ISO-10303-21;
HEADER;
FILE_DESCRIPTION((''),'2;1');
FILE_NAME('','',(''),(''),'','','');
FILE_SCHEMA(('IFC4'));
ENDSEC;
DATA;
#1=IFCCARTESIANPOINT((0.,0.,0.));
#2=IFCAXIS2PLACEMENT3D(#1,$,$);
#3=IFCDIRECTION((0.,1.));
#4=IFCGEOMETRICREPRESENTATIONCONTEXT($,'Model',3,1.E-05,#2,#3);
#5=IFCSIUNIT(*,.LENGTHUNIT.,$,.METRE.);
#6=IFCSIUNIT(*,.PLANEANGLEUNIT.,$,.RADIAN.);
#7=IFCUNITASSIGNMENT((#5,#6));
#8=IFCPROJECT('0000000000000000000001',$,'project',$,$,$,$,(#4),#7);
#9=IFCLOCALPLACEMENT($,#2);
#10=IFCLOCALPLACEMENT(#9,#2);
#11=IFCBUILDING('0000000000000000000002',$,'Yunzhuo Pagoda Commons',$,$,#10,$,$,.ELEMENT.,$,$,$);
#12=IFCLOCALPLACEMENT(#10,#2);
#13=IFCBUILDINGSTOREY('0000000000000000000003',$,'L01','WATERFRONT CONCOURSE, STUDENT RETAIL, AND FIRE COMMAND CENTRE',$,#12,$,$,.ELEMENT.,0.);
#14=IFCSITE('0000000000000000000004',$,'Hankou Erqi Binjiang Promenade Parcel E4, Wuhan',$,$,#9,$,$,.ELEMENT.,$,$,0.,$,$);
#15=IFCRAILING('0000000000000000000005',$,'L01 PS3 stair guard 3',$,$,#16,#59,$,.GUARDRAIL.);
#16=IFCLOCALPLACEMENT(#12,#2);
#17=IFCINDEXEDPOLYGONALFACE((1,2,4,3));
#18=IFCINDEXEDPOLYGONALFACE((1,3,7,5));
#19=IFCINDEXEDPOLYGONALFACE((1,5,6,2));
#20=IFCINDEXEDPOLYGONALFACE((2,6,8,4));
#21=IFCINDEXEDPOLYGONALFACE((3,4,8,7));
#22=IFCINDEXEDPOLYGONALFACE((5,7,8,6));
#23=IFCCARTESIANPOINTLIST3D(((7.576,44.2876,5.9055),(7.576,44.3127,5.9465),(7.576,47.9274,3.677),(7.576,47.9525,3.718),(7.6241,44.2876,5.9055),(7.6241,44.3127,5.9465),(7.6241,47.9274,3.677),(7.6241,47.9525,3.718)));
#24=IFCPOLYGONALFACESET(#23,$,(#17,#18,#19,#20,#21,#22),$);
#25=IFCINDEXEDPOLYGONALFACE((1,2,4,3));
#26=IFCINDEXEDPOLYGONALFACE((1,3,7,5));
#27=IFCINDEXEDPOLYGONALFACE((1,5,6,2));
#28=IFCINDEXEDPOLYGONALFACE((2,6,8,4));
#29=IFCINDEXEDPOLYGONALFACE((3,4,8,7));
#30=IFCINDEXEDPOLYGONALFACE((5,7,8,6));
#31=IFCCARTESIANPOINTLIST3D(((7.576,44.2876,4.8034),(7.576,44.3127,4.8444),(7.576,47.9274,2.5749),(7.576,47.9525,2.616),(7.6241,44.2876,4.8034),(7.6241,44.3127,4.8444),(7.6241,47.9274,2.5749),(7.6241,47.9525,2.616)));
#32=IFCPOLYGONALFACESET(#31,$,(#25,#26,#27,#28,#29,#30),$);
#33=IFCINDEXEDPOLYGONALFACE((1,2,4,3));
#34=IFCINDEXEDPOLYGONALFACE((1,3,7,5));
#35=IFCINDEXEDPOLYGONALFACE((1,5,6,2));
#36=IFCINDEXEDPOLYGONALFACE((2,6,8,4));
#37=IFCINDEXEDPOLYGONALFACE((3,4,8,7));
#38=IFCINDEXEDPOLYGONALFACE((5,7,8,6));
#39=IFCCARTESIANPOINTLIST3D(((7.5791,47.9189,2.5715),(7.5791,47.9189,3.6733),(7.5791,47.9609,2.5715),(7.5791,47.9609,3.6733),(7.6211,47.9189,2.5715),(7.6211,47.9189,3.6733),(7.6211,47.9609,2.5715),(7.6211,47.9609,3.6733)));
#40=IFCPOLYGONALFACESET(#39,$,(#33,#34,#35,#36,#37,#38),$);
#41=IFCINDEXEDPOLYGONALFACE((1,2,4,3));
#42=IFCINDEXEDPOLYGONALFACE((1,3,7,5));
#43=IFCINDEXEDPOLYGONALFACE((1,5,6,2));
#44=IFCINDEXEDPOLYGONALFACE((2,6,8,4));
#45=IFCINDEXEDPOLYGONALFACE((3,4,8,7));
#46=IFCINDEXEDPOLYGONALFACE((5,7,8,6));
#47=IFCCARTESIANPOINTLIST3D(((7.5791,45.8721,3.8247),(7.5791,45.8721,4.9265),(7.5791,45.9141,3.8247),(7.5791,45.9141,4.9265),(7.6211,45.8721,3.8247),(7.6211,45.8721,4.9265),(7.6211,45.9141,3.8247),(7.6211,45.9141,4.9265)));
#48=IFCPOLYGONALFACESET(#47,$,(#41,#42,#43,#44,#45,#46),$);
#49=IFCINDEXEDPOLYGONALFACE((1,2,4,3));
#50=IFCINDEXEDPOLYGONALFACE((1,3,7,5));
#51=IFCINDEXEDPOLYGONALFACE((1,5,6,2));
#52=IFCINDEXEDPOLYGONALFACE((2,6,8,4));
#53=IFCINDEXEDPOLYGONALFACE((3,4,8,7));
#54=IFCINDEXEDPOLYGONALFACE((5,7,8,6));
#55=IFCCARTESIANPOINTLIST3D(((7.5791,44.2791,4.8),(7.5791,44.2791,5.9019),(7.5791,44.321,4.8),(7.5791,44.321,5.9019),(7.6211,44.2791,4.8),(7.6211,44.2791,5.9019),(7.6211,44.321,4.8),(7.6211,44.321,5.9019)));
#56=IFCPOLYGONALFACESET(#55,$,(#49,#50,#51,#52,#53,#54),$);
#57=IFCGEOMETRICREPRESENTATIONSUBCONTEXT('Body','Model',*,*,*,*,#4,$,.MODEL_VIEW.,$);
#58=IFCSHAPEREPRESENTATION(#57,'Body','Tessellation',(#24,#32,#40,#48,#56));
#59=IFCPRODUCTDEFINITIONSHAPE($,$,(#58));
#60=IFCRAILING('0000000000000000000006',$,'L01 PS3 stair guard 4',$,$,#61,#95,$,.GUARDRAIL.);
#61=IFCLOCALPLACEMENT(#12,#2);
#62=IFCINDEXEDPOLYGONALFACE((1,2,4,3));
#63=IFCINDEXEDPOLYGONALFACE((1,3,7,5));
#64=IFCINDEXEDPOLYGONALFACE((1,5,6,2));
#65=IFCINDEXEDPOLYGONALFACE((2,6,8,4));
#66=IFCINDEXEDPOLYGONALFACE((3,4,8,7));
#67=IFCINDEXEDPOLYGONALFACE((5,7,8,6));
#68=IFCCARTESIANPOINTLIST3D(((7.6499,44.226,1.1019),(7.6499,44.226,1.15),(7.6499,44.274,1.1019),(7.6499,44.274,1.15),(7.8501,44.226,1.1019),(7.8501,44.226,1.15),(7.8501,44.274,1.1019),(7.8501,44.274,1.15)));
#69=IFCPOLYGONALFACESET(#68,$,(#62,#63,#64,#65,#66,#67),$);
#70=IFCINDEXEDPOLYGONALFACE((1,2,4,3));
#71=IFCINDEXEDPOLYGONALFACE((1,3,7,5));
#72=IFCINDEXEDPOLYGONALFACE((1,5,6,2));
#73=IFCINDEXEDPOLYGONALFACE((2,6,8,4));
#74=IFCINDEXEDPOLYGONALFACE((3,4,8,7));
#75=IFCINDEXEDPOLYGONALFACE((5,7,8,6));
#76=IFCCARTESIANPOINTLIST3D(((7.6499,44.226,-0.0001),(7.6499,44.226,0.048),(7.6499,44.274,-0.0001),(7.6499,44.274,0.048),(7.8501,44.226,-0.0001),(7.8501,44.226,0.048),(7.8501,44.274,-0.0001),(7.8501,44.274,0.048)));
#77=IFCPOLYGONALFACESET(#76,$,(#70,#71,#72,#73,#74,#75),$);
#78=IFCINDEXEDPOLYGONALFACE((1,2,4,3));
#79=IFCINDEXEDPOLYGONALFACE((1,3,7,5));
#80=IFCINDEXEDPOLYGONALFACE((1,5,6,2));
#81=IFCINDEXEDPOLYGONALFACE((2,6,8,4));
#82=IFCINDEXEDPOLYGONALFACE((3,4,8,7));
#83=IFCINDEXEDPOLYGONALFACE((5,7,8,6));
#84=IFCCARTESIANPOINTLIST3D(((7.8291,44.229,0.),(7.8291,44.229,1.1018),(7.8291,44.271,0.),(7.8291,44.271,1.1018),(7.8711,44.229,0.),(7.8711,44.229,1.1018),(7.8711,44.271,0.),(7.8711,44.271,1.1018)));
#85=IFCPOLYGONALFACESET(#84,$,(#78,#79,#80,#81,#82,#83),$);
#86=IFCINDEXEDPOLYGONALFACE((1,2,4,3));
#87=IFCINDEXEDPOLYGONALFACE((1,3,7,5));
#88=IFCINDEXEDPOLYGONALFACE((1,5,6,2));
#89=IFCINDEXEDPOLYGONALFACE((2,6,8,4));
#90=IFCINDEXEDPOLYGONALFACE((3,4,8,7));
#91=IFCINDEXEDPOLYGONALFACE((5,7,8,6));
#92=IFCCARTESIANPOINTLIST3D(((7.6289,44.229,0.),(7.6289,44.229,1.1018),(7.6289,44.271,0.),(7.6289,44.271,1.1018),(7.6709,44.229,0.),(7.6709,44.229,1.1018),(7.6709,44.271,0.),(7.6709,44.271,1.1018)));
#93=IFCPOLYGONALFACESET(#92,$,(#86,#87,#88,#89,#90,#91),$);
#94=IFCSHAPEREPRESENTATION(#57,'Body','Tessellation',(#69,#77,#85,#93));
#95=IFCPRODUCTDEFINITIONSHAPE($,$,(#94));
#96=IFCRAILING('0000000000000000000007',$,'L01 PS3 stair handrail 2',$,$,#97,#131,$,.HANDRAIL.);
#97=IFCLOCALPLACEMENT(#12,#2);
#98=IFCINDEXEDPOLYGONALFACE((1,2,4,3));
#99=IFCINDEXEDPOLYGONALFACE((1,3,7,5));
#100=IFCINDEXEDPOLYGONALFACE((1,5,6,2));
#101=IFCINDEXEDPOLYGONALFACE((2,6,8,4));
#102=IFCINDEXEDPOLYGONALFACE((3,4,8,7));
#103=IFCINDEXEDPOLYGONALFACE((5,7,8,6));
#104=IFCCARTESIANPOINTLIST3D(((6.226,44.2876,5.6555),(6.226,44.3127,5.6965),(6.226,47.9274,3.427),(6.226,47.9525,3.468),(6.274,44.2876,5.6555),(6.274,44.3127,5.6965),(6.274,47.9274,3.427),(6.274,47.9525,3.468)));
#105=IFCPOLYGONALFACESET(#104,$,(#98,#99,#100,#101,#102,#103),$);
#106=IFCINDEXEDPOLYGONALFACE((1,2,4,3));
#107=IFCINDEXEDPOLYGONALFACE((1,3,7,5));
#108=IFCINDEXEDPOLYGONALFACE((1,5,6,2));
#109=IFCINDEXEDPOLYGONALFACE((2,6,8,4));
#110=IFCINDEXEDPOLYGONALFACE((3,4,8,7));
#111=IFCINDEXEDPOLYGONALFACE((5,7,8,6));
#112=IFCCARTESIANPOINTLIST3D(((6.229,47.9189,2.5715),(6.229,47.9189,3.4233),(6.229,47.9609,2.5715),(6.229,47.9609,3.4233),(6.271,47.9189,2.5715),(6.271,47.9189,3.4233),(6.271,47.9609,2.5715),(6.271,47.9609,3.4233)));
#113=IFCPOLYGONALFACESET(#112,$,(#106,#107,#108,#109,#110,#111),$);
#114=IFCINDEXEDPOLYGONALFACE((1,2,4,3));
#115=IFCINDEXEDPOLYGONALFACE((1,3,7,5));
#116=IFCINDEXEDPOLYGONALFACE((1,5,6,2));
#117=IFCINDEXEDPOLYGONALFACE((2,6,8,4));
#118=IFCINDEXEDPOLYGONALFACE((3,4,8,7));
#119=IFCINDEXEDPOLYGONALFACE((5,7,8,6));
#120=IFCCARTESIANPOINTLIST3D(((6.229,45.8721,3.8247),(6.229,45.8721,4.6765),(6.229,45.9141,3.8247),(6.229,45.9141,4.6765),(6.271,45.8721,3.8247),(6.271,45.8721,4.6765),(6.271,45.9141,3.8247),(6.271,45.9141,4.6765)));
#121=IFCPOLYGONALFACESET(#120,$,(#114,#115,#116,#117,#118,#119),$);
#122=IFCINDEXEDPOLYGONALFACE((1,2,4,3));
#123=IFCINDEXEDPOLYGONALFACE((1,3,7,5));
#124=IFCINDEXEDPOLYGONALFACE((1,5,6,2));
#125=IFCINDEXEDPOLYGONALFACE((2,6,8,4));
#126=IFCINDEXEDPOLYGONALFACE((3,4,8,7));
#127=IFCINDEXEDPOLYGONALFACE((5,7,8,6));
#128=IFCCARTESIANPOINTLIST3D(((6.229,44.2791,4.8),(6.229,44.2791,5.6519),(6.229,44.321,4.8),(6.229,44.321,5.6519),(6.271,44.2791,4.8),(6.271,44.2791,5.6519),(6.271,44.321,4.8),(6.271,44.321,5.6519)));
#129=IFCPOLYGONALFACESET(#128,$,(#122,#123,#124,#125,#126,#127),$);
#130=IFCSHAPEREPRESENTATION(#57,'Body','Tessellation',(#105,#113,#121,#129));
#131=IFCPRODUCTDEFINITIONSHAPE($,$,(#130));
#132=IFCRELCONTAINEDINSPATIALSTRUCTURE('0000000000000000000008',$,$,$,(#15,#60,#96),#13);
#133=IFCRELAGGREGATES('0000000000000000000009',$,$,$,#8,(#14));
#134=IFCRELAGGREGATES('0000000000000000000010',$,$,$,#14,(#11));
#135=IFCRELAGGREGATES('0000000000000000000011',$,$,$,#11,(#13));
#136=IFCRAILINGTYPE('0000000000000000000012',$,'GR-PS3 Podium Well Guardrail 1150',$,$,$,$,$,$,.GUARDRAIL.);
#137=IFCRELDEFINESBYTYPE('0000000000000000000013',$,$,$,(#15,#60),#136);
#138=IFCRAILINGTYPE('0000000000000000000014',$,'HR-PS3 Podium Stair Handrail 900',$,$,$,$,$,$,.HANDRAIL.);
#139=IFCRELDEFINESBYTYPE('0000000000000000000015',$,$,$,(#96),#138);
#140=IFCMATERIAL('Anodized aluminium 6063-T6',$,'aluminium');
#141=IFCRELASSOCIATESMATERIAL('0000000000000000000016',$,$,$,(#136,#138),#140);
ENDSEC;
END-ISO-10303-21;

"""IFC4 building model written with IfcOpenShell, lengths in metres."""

from ifc_helpers import new_model, si_unit, direction, frame, origin, origin_2d, place, context, subcontext, project, spatial, rectangle, extrude, material, type_object, element, save


model = new_model("IFC4")

# Units and contexts
model_context = context("Model", 3, precision=1e-05, world=origin(), true_north=direction((0.0, 1.0)))
body_context = subcontext(model_context, "Body", "Model", "MODEL_VIEW")
ifc_project = project(units=[si_unit("LENGTHUNIT", "METRE"), si_unit("PLANEANGLEUNIT", "RADIAN")], contexts=[model_context])

# Site, building, storey
site_placement = place(None, origin())
site = spatial("IfcSite", under=ifc_project, at=site_placement, Name="Hankou Erqi Binjiang Promenade Parcel E4, Wuhan", CompositionType="ELEMENT", RefElevation=0.0)
building_placement = place(site_placement, origin())
building = spatial("IfcBuilding", under=site, at=building_placement, Name="Yunzhuo Pagoda Commons", CompositionType="ELEMENT")
storey_placement = place(building_placement, origin())
storey = spatial("IfcBuildingStorey", under=building, at=storey_placement, Name="L01", Description="WATERFRONT CONCOURSE, STUDENT RETAIL, AND FIRE COMMAND CENTRE", CompositionType="ELEMENT", Elevation=0.0)

# Shared definitions
ifc_material_1 = material(Name="Anodized aluminium 6063-T6", Category="aluminium")

# Railings
railing_type_1 = type_object("IfcRailingType", Name="GR-PS3 Podium Well Guardrail 1150", PredefinedType="GUARDRAIL", material=ifc_material_1)
railing_1_placement = place(storey_placement, frame((7.6001, 47.9399, 2.5715)))
element("IfcRailing", 1, at=railing_1_placement, inside=storey, type_object=railing_type_1, Name="L01 PS3 stair guard 3", PredefinedType="GUARDRAIL", context=body_context, shape_type="SweptSolid", body=[
    extrude(rectangle(XDim=0.0481, YDim=0.0481, at=origin_2d()), frame((0.0, 0.0, 1.126), z_axis=(0.0, -0.85285, 0.522156), x_axis=(1.0, 0.0, 0.0)), (0.0, 0.0, 1.0), 4.2678),
    extrude(rectangle(XDim=0.0481, YDim=0.0481, at=origin_2d()), frame((0.0, 0.0, 0.0239), z_axis=(0.0, -0.85285, 0.522156), x_axis=(1.0, 0.0, 0.0)), (0.0, 0.0, 1.0), 4.2678),
    extrude(rectangle(XDim=0.042, YDim=0.042, at=origin_2d()), origin(), (0.0, 0.0, 1.0), 1.1018),
    extrude(rectangle(XDim=0.042, YDim=0.042, at=origin_2d()), frame((0.0, -2.0469, 1.2532)), (0.0, 0.0, 1.0), 1.1018),
    extrude(rectangle(XDim=0.042, YDim=0.042, at=origin_2d()), frame((0.0, -3.6399, 2.2285)), (0.0, 0.0, 1.0), 1.1018),
])
railing_2_placement = place(storey_placement, frame((7.8501, 44.25, 0.0)))
element("IfcRailing", 2, at=railing_2_placement, inside=storey, type_object=railing_type_1, Name="L01 PS3 stair guard 4", PredefinedType="GUARDRAIL", context=body_context, shape_type="SweptSolid", body=[
    extrude(rectangle(XDim=0.0481, YDim=0.0481, at=origin_2d()), frame((0.0, 0.0, 1.126), z_axis=(-1.0, 0.0, 0.0), x_axis=(0.0, -1.0, 0.0)), (0.0, 0.0, 1.0), 0.2002),
    extrude(rectangle(XDim=0.0481, YDim=0.0481, at=origin_2d()), frame((0.0, 0.0, 0.0239), z_axis=(-1.0, 0.0, 0.0), x_axis=(0.0, -1.0, 0.0)), (0.0, 0.0, 1.0), 0.2002),
    extrude(rectangle(XDim=0.042, YDim=0.042, at=origin_2d()), origin(), (0.0, 0.0, 1.0), 1.1018),
    extrude(rectangle(XDim=0.042, YDim=0.042, at=origin_2d()), frame((-0.2002, 0.0, 0.0)), (0.0, 0.0, 1.0), 1.1018),
])
railing_type_2 = type_object("IfcRailingType", Name="HR-PS3 Podium Stair Handrail 900", PredefinedType="HANDRAIL", material=ifc_material_1)
railing_3_placement = place(storey_placement, frame((6.25, 47.9399, 2.5715)))
element("IfcRailing", 3, at=railing_3_placement, inside=storey, type_object=railing_type_2, Name="L01 PS3 stair handrail 2", PredefinedType="HANDRAIL", context=body_context, shape_type="SweptSolid", body=[
    extrude(rectangle(XDim=0.0481, YDim=0.0481, at=origin_2d()), frame((0.0, 0.0, 0.876), z_axis=(0.0, -0.85285, 0.522156), x_axis=(1.0, 0.0, 0.0)), (0.0, 0.0, 1.0), 4.2678),
    extrude(rectangle(XDim=0.042, YDim=0.042, at=origin_2d()), origin(), (0.0, 0.0, 1.0), 0.8518),
    extrude(rectangle(XDim=0.042, YDim=0.042, at=origin_2d()), frame((0.0, -2.0469, 1.2532)), (0.0, 0.0, 1.0), 0.8518),
    extrude(rectangle(XDim=0.042, YDim=0.042, at=origin_2d()), frame((0.0, -3.6399, 2.2285)), (0.0, 0.0, 1.0), 0.8518),
])

save(model, "model.ifc")
